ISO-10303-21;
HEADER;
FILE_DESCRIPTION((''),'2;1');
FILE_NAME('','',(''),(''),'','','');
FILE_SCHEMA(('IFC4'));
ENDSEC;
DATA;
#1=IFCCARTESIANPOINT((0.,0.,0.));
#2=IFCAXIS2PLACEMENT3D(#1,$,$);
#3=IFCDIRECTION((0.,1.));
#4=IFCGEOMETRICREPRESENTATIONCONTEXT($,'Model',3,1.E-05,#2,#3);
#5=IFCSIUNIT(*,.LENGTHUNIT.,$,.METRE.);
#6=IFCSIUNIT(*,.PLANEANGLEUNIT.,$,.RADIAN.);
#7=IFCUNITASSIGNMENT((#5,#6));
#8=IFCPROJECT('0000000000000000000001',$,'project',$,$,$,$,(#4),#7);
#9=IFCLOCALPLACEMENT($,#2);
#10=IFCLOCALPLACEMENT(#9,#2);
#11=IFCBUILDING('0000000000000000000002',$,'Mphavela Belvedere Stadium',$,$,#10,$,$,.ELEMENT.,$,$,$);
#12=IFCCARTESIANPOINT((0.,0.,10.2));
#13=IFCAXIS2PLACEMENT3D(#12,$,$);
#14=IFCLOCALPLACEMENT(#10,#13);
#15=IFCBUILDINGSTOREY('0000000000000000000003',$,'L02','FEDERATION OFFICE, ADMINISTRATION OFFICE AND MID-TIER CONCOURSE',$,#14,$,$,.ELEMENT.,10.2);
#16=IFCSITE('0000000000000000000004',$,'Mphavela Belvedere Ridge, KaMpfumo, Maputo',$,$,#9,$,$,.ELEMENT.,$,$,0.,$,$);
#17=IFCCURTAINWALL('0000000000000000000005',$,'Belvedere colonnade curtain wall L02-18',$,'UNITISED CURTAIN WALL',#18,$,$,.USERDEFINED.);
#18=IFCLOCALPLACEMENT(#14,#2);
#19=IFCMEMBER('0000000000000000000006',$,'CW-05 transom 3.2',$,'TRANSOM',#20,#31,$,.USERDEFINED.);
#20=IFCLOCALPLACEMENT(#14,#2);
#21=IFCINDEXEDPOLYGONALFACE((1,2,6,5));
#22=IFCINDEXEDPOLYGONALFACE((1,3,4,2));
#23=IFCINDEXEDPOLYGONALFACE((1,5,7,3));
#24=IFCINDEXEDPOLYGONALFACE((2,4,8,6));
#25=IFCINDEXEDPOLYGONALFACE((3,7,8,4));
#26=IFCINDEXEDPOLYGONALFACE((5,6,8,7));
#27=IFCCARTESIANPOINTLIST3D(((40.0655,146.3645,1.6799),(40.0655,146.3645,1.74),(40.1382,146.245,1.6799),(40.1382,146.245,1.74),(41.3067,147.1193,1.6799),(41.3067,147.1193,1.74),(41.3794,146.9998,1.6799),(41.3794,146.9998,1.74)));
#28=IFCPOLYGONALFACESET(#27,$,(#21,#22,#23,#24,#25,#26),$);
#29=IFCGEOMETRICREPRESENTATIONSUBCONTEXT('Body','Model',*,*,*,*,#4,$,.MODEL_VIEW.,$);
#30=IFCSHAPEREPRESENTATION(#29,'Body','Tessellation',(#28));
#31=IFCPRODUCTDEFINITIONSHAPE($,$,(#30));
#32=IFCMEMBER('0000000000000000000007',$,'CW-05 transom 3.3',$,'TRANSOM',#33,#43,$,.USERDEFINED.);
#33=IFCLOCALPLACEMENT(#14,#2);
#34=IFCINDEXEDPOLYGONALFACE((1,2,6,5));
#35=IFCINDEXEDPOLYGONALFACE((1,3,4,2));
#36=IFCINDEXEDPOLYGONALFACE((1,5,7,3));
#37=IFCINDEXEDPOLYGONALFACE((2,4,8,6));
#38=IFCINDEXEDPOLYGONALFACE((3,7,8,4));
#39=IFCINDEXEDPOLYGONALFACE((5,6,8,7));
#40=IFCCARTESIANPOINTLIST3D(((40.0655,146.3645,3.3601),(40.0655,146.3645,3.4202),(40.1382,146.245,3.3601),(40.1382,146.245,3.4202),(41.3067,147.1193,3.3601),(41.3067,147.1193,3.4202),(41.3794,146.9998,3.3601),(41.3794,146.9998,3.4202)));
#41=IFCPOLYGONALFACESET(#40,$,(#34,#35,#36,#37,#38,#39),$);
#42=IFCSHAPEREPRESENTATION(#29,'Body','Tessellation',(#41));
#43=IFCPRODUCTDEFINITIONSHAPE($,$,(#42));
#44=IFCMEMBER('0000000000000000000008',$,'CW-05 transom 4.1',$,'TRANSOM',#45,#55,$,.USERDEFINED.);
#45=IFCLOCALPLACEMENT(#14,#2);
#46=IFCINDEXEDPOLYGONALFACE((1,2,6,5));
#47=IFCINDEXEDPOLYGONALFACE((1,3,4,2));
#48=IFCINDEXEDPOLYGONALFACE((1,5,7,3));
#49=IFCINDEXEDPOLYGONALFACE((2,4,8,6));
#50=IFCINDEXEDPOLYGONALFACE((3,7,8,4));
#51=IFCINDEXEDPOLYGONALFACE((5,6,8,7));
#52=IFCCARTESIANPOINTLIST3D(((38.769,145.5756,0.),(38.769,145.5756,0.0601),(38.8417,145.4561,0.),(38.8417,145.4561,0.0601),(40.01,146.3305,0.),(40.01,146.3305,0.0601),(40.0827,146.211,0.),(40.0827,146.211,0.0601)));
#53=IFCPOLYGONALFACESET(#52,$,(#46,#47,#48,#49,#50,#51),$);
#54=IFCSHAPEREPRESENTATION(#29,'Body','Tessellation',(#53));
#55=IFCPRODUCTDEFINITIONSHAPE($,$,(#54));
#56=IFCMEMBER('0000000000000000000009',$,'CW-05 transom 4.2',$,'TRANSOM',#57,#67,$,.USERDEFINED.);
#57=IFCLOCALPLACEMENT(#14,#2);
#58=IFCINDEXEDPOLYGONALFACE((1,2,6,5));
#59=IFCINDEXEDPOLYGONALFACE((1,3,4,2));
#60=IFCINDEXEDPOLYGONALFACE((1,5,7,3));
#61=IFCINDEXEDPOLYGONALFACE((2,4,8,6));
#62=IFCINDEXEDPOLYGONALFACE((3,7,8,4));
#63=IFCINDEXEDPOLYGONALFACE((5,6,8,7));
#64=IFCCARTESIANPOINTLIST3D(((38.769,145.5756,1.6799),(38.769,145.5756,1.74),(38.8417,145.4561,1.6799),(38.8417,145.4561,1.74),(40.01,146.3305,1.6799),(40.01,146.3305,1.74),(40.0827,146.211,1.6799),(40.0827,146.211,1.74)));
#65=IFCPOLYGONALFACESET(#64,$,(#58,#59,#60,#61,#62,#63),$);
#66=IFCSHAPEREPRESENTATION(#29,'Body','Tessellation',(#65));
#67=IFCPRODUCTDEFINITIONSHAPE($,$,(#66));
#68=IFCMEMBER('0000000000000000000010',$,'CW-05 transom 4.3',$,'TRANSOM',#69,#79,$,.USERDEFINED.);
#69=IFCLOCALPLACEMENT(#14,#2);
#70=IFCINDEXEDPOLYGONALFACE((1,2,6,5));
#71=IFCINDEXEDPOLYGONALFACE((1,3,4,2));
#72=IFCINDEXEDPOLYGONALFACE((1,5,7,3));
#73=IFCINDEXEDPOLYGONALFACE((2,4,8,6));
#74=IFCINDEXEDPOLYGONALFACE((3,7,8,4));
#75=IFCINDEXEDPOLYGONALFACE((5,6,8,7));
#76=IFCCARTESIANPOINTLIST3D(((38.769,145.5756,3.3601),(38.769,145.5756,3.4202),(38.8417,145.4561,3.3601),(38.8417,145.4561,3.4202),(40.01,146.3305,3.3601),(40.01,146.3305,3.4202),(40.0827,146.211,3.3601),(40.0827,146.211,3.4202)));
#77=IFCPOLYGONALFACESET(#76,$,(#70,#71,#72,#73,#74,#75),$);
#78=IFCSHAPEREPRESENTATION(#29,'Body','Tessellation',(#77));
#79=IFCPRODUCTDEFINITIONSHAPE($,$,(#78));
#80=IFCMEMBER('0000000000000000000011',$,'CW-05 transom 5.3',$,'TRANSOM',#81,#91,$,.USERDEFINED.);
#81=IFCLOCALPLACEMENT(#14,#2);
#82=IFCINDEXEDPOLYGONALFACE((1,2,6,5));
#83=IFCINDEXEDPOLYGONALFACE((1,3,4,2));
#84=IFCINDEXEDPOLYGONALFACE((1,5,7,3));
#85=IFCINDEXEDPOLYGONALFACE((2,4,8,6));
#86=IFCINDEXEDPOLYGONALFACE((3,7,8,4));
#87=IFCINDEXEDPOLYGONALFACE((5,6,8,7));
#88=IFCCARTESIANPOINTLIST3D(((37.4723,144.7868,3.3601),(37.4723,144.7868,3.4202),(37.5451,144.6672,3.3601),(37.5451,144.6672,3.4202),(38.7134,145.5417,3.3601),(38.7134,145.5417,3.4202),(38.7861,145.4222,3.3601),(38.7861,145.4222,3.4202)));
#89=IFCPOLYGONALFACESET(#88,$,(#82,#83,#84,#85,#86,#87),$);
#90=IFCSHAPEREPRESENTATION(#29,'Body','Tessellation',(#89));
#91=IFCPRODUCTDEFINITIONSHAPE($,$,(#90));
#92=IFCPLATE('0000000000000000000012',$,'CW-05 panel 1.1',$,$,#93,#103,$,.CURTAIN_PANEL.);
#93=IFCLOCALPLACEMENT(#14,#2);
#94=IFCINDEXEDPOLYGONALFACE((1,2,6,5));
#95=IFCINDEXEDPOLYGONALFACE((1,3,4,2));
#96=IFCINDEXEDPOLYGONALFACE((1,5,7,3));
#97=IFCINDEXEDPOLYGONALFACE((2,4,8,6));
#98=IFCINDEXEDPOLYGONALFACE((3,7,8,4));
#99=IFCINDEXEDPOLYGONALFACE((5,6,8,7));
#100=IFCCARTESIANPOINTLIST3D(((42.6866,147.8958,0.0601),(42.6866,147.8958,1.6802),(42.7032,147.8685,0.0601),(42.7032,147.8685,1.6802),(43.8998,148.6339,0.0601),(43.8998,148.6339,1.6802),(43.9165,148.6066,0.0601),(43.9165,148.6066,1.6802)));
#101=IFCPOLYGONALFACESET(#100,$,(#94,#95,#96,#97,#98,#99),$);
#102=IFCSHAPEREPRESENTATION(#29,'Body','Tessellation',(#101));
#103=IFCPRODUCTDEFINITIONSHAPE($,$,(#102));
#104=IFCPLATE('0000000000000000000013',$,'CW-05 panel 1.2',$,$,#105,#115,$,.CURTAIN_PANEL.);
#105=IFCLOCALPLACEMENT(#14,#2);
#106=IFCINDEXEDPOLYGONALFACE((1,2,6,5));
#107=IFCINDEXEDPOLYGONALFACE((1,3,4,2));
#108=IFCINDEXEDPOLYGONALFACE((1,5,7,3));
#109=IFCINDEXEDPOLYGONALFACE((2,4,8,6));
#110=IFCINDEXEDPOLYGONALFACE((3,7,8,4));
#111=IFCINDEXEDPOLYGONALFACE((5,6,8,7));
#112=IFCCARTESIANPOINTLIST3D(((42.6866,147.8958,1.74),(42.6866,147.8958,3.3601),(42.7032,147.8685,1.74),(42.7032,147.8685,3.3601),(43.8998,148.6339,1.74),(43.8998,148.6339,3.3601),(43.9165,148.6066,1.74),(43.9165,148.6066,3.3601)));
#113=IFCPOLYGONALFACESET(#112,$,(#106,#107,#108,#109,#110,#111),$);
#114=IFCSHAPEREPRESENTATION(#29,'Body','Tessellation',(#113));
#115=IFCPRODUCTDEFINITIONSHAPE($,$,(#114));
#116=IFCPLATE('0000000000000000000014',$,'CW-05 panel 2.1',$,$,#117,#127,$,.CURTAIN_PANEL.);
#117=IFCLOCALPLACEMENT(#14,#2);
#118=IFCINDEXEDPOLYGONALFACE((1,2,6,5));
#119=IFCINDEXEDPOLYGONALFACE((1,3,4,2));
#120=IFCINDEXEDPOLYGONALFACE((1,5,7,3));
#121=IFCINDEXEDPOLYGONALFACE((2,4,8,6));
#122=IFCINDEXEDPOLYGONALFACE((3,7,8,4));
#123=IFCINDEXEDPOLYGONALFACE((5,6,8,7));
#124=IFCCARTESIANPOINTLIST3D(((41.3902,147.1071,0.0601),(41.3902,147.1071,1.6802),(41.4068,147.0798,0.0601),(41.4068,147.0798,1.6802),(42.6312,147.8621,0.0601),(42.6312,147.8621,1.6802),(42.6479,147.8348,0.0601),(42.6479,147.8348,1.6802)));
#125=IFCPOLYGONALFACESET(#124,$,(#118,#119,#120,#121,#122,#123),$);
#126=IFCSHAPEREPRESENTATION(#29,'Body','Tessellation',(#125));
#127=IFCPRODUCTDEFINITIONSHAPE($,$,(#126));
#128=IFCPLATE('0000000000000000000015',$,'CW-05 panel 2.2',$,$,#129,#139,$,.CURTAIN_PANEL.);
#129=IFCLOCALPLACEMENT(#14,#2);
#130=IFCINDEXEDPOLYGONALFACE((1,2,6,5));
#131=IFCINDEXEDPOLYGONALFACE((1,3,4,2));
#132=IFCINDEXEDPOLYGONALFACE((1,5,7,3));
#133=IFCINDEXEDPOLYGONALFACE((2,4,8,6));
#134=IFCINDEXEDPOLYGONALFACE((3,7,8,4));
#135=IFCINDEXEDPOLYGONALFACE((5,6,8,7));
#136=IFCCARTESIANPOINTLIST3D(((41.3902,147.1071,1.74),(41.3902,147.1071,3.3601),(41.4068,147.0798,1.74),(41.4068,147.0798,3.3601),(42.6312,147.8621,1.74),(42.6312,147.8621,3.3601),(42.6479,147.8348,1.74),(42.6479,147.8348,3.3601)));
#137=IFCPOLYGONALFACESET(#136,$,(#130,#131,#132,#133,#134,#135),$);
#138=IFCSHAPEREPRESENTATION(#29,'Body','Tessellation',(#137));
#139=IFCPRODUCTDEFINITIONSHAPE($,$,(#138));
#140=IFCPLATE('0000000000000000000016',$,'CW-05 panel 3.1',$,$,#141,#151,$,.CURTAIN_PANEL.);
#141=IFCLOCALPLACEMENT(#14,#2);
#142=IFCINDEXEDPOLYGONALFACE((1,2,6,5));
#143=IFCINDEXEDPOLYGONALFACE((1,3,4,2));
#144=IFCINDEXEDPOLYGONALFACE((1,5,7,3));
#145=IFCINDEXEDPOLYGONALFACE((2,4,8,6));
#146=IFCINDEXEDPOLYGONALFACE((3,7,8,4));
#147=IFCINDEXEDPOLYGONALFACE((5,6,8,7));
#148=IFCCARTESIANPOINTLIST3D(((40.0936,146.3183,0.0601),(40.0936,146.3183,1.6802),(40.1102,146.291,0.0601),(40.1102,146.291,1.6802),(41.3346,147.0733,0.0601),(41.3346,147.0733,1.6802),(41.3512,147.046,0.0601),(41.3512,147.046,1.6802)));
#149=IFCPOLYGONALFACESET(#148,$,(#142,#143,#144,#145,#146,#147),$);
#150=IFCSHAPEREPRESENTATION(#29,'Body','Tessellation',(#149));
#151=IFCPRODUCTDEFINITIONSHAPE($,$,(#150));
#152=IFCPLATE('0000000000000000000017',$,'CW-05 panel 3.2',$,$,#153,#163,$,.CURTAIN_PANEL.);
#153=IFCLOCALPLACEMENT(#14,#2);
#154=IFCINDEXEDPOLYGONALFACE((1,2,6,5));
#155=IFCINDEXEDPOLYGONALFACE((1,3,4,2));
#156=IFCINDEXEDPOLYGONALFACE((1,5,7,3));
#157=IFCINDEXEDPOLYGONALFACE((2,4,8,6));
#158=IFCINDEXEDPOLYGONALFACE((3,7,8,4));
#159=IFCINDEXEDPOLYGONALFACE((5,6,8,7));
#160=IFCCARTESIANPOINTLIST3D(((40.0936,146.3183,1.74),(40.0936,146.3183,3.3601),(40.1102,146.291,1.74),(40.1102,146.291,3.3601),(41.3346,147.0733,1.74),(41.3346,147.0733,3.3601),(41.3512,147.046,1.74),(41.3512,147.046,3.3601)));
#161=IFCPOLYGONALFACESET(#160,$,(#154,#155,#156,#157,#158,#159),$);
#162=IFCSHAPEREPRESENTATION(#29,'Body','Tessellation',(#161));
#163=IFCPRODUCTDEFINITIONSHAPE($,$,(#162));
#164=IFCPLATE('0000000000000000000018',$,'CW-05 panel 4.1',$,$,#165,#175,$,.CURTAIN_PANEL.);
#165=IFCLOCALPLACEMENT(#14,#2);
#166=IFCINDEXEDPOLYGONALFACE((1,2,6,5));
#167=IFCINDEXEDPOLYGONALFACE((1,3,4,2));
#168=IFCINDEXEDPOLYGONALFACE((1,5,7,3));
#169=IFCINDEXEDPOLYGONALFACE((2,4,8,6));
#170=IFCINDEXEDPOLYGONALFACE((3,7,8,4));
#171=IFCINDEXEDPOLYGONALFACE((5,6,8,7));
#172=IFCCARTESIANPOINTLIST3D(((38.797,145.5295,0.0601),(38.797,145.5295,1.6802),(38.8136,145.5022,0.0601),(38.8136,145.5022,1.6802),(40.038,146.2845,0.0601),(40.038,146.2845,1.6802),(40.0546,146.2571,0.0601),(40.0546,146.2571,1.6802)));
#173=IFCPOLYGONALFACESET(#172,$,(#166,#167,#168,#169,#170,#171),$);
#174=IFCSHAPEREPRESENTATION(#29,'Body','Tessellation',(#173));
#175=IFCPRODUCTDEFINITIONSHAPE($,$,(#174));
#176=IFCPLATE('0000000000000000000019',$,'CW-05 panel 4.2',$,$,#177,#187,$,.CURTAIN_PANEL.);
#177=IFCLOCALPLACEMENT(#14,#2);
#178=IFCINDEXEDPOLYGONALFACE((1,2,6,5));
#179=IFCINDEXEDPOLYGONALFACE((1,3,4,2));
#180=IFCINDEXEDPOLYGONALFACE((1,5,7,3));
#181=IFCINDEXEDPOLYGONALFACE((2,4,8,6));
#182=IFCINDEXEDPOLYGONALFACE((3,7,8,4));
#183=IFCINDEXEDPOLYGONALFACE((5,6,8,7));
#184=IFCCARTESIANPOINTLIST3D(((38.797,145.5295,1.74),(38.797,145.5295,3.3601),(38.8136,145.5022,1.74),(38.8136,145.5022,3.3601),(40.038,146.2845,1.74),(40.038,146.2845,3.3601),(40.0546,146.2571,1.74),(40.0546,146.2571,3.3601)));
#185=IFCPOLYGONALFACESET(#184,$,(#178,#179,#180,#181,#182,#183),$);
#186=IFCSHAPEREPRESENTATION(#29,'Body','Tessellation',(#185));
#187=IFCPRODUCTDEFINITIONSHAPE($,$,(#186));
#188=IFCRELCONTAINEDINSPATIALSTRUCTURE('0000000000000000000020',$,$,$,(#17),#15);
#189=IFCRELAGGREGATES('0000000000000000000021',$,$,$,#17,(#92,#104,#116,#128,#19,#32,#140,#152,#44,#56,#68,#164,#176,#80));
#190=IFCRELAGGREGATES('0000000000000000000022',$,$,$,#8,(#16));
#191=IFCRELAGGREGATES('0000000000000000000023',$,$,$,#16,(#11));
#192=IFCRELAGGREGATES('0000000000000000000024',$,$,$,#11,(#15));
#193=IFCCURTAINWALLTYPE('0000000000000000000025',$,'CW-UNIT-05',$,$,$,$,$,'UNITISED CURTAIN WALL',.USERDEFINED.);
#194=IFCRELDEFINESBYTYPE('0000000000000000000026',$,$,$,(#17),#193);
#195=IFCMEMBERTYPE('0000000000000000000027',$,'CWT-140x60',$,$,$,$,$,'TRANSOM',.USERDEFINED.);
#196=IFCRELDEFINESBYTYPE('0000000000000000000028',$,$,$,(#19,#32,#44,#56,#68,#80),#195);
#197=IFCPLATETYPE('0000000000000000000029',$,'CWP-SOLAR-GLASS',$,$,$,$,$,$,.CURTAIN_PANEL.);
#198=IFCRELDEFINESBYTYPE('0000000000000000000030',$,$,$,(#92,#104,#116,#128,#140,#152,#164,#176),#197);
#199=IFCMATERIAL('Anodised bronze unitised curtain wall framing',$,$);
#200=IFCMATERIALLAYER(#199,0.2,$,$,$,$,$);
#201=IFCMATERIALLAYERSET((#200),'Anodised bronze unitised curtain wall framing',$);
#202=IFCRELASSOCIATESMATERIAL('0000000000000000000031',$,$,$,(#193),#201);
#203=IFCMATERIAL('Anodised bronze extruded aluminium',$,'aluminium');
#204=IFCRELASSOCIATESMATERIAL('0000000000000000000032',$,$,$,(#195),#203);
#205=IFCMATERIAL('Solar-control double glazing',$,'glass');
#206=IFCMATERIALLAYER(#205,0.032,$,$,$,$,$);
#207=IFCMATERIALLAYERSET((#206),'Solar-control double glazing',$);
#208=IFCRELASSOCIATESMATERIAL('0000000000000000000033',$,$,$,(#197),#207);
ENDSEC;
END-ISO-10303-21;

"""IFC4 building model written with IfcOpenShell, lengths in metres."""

from ifc_helpers import new_model, si_unit, direction, frame, origin, origin_2d, place, context, subcontext, project, spatial, rectangle, extrude, material, layer, layer_set, material_profile, profile_set, type_object, element, aggregate, save


model = new_model("IFC4")

# Units and contexts
model_context = context("Model", 3, precision=1e-05, world=origin(), true_north=direction((0.0, 1.0)))
body_context = subcontext(model_context, "Body", "Model", "MODEL_VIEW")
ifc_project = project(units=[si_unit("LENGTHUNIT", "METRE"), si_unit("PLANEANGLEUNIT", "RADIAN")], contexts=[model_context])

# Site, building, storey
site_placement = place(None, origin())
site = spatial("IfcSite", under=ifc_project, at=site_placement, Name="Mphavela Belvedere Ridge, KaMpfumo, Maputo", CompositionType="ELEMENT", RefElevation=0.0)
building_placement = place(site_placement, origin())
building = spatial("IfcBuilding", under=site, at=building_placement, Name="Mphavela Belvedere Stadium", CompositionType="ELEMENT")
storey_placement = place(building_placement, frame((0.0, 0.0, 10.2)))
storey = spatial("IfcBuildingStorey", under=building, at=storey_placement, Name="L02", Description="FEDERATION OFFICE, ADMINISTRATION OFFICE AND MID-TIER CONCOURSE", CompositionType="ELEMENT", Elevation=10.2)

# Curtain wall, members, plates
ifc_material_1 = material(Name="Anodised bronze unitised curtain wall framing")
ifc_layer_1 = layer(ifc_material_1, 0.2)
ifc_layer_set_1 = layer_set([ifc_layer_1], Name="Anodised bronze unitised curtain wall framing")
curtain_wall_type = type_object("IfcCurtainWallType", Name="CW-UNIT-05", ElementType="UNITISED CURTAIN WALL", PredefinedType="USERDEFINED", material=ifc_layer_set_1)
curtain_wall_placement = place(storey_placement, origin())
curtain_wall = element("IfcCurtainWall", 1, at=curtain_wall_placement, inside=storey, type_object=curtain_wall_type, Name="Belvedere colonnade curtain wall L02-18", ObjectType="UNITISED CURTAIN WALL", PredefinedType="USERDEFINED")
ifc_material_2 = material(Name="Anodised bronze extruded aluminium", Category="aluminium")
ifc_material_profile_1 = material_profile(ifc_material_2, rectangle(XDim=0.1399, YDim=0.0601, at=origin_2d()), Name="CW-TRN 140x60")
ifc_profile_set_1 = profile_set([ifc_material_profile_1], Name="Anodised bronze extruded aluminium")
member_type_1 = type_object("IfcMemberType", Name="CWT-140x60", ElementType="TRANSOM", PredefinedType="USERDEFINED", material=ifc_profile_set_1)
member_1_placement = place(storey_placement, frame((41.343, 147.0596, 1.71), z_axis=(-0.854393, -0.519627, 0.0), x_axis=(0.519627, -0.854393, 0.0)))
member_1 = element("IfcMember", 2, at=member_1_placement, type_object=member_type_1, Name="CW-05 transom 3.2", ObjectType="TRANSOM", PredefinedType="USERDEFINED", context=body_context, shape_type="SweptSolid", body=[
    extrude(rectangle(XDim=0.1399, YDim=0.0601, at=origin_2d()), origin(), (0.0, 0.0, 1.0), 1.4526),
])
member_2_placement = place(storey_placement, frame((41.343, 147.0596, 3.3901), z_axis=(-0.854393, -0.519627, 0.0), x_axis=(0.519627, -0.854393, 0.0)))
member_2 = element("IfcMember", 3, at=member_2_placement, type_object=member_type_1, Name="CW-05 transom 3.3", ObjectType="TRANSOM", PredefinedType="USERDEFINED", context=body_context, shape_type="SweptSolid", body=[
    extrude(rectangle(XDim=0.1399, YDim=0.0601, at=origin_2d()), origin(), (0.0, 0.0, 1.0), 1.4526),
])
member_3_placement = place(storey_placement, frame((40.0464, 146.2708, 0.03), z_axis=(-0.854348, -0.519702, 0.0), x_axis=(0.519702, -0.854348, 0.0)))
member_3 = element("IfcMember", 4, at=member_3_placement, type_object=member_type_1, Name="CW-05 transom 4.1", ObjectType="TRANSOM", PredefinedType="USERDEFINED", context=body_context, shape_type="SweptSolid", body=[
    extrude(rectangle(XDim=0.1399, YDim=0.0601, at=origin_2d()), origin(), (0.0, 0.0, 1.0), 1.4526),
])
member_4_placement = place(storey_placement, frame((40.0464, 146.2708, 1.71), z_axis=(-0.854348, -0.519702, 0.0), x_axis=(0.519702, -0.854348, 0.0)))
member_4 = element("IfcMember", 5, at=member_4_placement, type_object=member_type_1, Name="CW-05 transom 4.2", ObjectType="TRANSOM", PredefinedType="USERDEFINED", context=body_context, shape_type="SweptSolid", body=[
    extrude(rectangle(XDim=0.1399, YDim=0.0601, at=origin_2d()), origin(), (0.0, 0.0, 1.0), 1.4526),
])
member_5_placement = place(storey_placement, frame((40.0464, 146.2708, 3.3901), z_axis=(-0.854348, -0.519702, 0.0), x_axis=(0.519702, -0.854348, 0.0)))
member_5 = element("IfcMember", 6, at=member_5_placement, type_object=member_type_1, Name="CW-05 transom 4.3", ObjectType="TRANSOM", PredefinedType="USERDEFINED", context=body_context, shape_type="SweptSolid", body=[
    extrude(rectangle(XDim=0.1399, YDim=0.0601, at=origin_2d()), origin(), (0.0, 0.0, 1.0), 1.4526),
])
member_6_placement = place(storey_placement, frame((38.7498, 145.4819, 3.3901), z_axis=(-0.854348, -0.519702, 0.0), x_axis=(0.519702, -0.854348, 0.0)))
member_6 = element("IfcMember", 7, at=member_6_placement, type_object=member_type_1, Name="CW-05 transom 5.3", ObjectType="TRANSOM", PredefinedType="USERDEFINED", context=body_context, shape_type="SweptSolid", body=[
    extrude(rectangle(XDim=0.1399, YDim=0.0601, at=origin_2d()), origin(), (0.0, 0.0, 1.0), 1.4526),
])
ifc_material_3 = material(Name="Solar-control double glazing", Category="glass")
ifc_layer_2 = layer(ifc_material_3, 0.032)
ifc_layer_set_2 = layer_set([ifc_layer_2], Name="Solar-control double glazing")
plate_type = type_object("IfcPlateType", Name="CWP-SOLAR-GLASS", PredefinedType="CURTAIN_PANEL", material=ifc_layer_set_2)
plate_1_placement = place(storey_placement, frame((43.3015, 148.2512, 0.0601), z_axis=(0.0, 0.0, 1.0), x_axis=(-0.85433, -0.519732, 0.0)))
plate_1 = element("IfcPlate", 8, at=plate_1_placement, type_object=plate_type, Name="CW-05 panel 1.1", PredefinedType="CURTAIN_PANEL", context=body_context, shape_type="SweptSolid", body=[
    extrude(rectangle(XDim=1.4202, YDim=0.032, at=origin_2d()), origin(), (0.0, 0.0, 1.0), 1.6201),
])
plate_2_placement = place(storey_placement, frame((43.3015, 148.2512, 1.74), z_axis=(0.0, 0.0, 1.0), x_axis=(-0.85433, -0.519732, 0.0)))
plate_2 = element("IfcPlate", 9, at=plate_2_placement, type_object=plate_type, Name="CW-05 panel 1.2", PredefinedType="CURTAIN_PANEL", context=body_context, shape_type="SweptSolid", body=[
    extrude(rectangle(XDim=1.4202, YDim=0.032, at=origin_2d()), origin(), (0.0, 0.0, 1.0), 1.6201),
])
plate_3_placement = place(storey_placement, frame((42.019, 147.4709, 0.0601), z_axis=(0.0, 0.0, 1.0), x_axis=(-0.85433, -0.519732, 0.0)))
plate_3 = element("IfcPlate", 10, at=plate_3_placement, type_object=plate_type, Name="CW-05 panel 2.1", PredefinedType="CURTAIN_PANEL", context=body_context, shape_type="SweptSolid", body=[
    extrude(rectangle(XDim=1.4526, YDim=0.032, at=origin_2d()), origin(), (0.0, 0.0, 1.0), 1.6201),
])
plate_4_placement = place(storey_placement, frame((42.019, 147.4709, 1.74), z_axis=(0.0, 0.0, 1.0), x_axis=(-0.85433, -0.519732, 0.0)))
plate_4 = element("IfcPlate", 11, at=plate_4_placement, type_object=plate_type, Name="CW-05 panel 2.2", PredefinedType="CURTAIN_PANEL", context=body_context, shape_type="SweptSolid", body=[
    extrude(rectangle(XDim=1.4526, YDim=0.032, at=origin_2d()), origin(), (0.0, 0.0, 1.0), 1.6201),
])
plate_5_placement = place(storey_placement, frame((40.7224, 146.6821, 0.0601), z_axis=(0.0, 0.0, 1.0), x_axis=(-0.85433, -0.519732, 0.0)))
plate_5 = element("IfcPlate", 12, at=plate_5_placement, type_object=plate_type, Name="CW-05 panel 3.1", PredefinedType="CURTAIN_PANEL", context=body_context, shape_type="SweptSolid", body=[
    extrude(rectangle(XDim=1.4526, YDim=0.032, at=origin_2d()), origin(), (0.0, 0.0, 1.0), 1.6201),
])
plate_6_placement = place(storey_placement, frame((40.7224, 146.6821, 1.74), z_axis=(0.0, 0.0, 1.0), x_axis=(-0.85433, -0.519732, 0.0)))
plate_6 = element("IfcPlate", 13, at=plate_6_placement, type_object=plate_type, Name="CW-05 panel 3.2", PredefinedType="CURTAIN_PANEL", context=body_context, shape_type="SweptSolid", body=[
    extrude(rectangle(XDim=1.4526, YDim=0.032, at=origin_2d()), origin(), (0.0, 0.0, 1.0), 1.6201),
])
plate_7_placement = place(storey_placement, frame((39.4258, 145.8933, 0.0601), z_axis=(0.0, 0.0, 1.0), x_axis=(-0.85433, -0.519732, 0.0)))
plate_7 = element("IfcPlate", 14, at=plate_7_placement, type_object=plate_type, Name="CW-05 panel 4.1", PredefinedType="CURTAIN_PANEL", context=body_context, shape_type="SweptSolid", body=[
    extrude(rectangle(XDim=1.4526, YDim=0.032, at=origin_2d()), origin(), (0.0, 0.0, 1.0), 1.6201),
])
plate_8_placement = place(storey_placement, frame((39.4258, 145.8933, 1.74), z_axis=(0.0, 0.0, 1.0), x_axis=(-0.85433, -0.519732, 0.0)))
plate_8 = element("IfcPlate", 15, at=plate_8_placement, type_object=plate_type, Name="CW-05 panel 4.2", PredefinedType="CURTAIN_PANEL", context=body_context, shape_type="SweptSolid", body=[
    extrude(rectangle(XDim=1.4526, YDim=0.032, at=origin_2d()), origin(), (0.0, 0.0, 1.0), 1.6201),
])
aggregate(curtain_wall, [plate_1, plate_2, plate_3, plate_4, member_1, member_2, plate_5, plate_6, member_3, member_4, member_5, plate_7, plate_8, member_6])

save(model, "model.ifc")
